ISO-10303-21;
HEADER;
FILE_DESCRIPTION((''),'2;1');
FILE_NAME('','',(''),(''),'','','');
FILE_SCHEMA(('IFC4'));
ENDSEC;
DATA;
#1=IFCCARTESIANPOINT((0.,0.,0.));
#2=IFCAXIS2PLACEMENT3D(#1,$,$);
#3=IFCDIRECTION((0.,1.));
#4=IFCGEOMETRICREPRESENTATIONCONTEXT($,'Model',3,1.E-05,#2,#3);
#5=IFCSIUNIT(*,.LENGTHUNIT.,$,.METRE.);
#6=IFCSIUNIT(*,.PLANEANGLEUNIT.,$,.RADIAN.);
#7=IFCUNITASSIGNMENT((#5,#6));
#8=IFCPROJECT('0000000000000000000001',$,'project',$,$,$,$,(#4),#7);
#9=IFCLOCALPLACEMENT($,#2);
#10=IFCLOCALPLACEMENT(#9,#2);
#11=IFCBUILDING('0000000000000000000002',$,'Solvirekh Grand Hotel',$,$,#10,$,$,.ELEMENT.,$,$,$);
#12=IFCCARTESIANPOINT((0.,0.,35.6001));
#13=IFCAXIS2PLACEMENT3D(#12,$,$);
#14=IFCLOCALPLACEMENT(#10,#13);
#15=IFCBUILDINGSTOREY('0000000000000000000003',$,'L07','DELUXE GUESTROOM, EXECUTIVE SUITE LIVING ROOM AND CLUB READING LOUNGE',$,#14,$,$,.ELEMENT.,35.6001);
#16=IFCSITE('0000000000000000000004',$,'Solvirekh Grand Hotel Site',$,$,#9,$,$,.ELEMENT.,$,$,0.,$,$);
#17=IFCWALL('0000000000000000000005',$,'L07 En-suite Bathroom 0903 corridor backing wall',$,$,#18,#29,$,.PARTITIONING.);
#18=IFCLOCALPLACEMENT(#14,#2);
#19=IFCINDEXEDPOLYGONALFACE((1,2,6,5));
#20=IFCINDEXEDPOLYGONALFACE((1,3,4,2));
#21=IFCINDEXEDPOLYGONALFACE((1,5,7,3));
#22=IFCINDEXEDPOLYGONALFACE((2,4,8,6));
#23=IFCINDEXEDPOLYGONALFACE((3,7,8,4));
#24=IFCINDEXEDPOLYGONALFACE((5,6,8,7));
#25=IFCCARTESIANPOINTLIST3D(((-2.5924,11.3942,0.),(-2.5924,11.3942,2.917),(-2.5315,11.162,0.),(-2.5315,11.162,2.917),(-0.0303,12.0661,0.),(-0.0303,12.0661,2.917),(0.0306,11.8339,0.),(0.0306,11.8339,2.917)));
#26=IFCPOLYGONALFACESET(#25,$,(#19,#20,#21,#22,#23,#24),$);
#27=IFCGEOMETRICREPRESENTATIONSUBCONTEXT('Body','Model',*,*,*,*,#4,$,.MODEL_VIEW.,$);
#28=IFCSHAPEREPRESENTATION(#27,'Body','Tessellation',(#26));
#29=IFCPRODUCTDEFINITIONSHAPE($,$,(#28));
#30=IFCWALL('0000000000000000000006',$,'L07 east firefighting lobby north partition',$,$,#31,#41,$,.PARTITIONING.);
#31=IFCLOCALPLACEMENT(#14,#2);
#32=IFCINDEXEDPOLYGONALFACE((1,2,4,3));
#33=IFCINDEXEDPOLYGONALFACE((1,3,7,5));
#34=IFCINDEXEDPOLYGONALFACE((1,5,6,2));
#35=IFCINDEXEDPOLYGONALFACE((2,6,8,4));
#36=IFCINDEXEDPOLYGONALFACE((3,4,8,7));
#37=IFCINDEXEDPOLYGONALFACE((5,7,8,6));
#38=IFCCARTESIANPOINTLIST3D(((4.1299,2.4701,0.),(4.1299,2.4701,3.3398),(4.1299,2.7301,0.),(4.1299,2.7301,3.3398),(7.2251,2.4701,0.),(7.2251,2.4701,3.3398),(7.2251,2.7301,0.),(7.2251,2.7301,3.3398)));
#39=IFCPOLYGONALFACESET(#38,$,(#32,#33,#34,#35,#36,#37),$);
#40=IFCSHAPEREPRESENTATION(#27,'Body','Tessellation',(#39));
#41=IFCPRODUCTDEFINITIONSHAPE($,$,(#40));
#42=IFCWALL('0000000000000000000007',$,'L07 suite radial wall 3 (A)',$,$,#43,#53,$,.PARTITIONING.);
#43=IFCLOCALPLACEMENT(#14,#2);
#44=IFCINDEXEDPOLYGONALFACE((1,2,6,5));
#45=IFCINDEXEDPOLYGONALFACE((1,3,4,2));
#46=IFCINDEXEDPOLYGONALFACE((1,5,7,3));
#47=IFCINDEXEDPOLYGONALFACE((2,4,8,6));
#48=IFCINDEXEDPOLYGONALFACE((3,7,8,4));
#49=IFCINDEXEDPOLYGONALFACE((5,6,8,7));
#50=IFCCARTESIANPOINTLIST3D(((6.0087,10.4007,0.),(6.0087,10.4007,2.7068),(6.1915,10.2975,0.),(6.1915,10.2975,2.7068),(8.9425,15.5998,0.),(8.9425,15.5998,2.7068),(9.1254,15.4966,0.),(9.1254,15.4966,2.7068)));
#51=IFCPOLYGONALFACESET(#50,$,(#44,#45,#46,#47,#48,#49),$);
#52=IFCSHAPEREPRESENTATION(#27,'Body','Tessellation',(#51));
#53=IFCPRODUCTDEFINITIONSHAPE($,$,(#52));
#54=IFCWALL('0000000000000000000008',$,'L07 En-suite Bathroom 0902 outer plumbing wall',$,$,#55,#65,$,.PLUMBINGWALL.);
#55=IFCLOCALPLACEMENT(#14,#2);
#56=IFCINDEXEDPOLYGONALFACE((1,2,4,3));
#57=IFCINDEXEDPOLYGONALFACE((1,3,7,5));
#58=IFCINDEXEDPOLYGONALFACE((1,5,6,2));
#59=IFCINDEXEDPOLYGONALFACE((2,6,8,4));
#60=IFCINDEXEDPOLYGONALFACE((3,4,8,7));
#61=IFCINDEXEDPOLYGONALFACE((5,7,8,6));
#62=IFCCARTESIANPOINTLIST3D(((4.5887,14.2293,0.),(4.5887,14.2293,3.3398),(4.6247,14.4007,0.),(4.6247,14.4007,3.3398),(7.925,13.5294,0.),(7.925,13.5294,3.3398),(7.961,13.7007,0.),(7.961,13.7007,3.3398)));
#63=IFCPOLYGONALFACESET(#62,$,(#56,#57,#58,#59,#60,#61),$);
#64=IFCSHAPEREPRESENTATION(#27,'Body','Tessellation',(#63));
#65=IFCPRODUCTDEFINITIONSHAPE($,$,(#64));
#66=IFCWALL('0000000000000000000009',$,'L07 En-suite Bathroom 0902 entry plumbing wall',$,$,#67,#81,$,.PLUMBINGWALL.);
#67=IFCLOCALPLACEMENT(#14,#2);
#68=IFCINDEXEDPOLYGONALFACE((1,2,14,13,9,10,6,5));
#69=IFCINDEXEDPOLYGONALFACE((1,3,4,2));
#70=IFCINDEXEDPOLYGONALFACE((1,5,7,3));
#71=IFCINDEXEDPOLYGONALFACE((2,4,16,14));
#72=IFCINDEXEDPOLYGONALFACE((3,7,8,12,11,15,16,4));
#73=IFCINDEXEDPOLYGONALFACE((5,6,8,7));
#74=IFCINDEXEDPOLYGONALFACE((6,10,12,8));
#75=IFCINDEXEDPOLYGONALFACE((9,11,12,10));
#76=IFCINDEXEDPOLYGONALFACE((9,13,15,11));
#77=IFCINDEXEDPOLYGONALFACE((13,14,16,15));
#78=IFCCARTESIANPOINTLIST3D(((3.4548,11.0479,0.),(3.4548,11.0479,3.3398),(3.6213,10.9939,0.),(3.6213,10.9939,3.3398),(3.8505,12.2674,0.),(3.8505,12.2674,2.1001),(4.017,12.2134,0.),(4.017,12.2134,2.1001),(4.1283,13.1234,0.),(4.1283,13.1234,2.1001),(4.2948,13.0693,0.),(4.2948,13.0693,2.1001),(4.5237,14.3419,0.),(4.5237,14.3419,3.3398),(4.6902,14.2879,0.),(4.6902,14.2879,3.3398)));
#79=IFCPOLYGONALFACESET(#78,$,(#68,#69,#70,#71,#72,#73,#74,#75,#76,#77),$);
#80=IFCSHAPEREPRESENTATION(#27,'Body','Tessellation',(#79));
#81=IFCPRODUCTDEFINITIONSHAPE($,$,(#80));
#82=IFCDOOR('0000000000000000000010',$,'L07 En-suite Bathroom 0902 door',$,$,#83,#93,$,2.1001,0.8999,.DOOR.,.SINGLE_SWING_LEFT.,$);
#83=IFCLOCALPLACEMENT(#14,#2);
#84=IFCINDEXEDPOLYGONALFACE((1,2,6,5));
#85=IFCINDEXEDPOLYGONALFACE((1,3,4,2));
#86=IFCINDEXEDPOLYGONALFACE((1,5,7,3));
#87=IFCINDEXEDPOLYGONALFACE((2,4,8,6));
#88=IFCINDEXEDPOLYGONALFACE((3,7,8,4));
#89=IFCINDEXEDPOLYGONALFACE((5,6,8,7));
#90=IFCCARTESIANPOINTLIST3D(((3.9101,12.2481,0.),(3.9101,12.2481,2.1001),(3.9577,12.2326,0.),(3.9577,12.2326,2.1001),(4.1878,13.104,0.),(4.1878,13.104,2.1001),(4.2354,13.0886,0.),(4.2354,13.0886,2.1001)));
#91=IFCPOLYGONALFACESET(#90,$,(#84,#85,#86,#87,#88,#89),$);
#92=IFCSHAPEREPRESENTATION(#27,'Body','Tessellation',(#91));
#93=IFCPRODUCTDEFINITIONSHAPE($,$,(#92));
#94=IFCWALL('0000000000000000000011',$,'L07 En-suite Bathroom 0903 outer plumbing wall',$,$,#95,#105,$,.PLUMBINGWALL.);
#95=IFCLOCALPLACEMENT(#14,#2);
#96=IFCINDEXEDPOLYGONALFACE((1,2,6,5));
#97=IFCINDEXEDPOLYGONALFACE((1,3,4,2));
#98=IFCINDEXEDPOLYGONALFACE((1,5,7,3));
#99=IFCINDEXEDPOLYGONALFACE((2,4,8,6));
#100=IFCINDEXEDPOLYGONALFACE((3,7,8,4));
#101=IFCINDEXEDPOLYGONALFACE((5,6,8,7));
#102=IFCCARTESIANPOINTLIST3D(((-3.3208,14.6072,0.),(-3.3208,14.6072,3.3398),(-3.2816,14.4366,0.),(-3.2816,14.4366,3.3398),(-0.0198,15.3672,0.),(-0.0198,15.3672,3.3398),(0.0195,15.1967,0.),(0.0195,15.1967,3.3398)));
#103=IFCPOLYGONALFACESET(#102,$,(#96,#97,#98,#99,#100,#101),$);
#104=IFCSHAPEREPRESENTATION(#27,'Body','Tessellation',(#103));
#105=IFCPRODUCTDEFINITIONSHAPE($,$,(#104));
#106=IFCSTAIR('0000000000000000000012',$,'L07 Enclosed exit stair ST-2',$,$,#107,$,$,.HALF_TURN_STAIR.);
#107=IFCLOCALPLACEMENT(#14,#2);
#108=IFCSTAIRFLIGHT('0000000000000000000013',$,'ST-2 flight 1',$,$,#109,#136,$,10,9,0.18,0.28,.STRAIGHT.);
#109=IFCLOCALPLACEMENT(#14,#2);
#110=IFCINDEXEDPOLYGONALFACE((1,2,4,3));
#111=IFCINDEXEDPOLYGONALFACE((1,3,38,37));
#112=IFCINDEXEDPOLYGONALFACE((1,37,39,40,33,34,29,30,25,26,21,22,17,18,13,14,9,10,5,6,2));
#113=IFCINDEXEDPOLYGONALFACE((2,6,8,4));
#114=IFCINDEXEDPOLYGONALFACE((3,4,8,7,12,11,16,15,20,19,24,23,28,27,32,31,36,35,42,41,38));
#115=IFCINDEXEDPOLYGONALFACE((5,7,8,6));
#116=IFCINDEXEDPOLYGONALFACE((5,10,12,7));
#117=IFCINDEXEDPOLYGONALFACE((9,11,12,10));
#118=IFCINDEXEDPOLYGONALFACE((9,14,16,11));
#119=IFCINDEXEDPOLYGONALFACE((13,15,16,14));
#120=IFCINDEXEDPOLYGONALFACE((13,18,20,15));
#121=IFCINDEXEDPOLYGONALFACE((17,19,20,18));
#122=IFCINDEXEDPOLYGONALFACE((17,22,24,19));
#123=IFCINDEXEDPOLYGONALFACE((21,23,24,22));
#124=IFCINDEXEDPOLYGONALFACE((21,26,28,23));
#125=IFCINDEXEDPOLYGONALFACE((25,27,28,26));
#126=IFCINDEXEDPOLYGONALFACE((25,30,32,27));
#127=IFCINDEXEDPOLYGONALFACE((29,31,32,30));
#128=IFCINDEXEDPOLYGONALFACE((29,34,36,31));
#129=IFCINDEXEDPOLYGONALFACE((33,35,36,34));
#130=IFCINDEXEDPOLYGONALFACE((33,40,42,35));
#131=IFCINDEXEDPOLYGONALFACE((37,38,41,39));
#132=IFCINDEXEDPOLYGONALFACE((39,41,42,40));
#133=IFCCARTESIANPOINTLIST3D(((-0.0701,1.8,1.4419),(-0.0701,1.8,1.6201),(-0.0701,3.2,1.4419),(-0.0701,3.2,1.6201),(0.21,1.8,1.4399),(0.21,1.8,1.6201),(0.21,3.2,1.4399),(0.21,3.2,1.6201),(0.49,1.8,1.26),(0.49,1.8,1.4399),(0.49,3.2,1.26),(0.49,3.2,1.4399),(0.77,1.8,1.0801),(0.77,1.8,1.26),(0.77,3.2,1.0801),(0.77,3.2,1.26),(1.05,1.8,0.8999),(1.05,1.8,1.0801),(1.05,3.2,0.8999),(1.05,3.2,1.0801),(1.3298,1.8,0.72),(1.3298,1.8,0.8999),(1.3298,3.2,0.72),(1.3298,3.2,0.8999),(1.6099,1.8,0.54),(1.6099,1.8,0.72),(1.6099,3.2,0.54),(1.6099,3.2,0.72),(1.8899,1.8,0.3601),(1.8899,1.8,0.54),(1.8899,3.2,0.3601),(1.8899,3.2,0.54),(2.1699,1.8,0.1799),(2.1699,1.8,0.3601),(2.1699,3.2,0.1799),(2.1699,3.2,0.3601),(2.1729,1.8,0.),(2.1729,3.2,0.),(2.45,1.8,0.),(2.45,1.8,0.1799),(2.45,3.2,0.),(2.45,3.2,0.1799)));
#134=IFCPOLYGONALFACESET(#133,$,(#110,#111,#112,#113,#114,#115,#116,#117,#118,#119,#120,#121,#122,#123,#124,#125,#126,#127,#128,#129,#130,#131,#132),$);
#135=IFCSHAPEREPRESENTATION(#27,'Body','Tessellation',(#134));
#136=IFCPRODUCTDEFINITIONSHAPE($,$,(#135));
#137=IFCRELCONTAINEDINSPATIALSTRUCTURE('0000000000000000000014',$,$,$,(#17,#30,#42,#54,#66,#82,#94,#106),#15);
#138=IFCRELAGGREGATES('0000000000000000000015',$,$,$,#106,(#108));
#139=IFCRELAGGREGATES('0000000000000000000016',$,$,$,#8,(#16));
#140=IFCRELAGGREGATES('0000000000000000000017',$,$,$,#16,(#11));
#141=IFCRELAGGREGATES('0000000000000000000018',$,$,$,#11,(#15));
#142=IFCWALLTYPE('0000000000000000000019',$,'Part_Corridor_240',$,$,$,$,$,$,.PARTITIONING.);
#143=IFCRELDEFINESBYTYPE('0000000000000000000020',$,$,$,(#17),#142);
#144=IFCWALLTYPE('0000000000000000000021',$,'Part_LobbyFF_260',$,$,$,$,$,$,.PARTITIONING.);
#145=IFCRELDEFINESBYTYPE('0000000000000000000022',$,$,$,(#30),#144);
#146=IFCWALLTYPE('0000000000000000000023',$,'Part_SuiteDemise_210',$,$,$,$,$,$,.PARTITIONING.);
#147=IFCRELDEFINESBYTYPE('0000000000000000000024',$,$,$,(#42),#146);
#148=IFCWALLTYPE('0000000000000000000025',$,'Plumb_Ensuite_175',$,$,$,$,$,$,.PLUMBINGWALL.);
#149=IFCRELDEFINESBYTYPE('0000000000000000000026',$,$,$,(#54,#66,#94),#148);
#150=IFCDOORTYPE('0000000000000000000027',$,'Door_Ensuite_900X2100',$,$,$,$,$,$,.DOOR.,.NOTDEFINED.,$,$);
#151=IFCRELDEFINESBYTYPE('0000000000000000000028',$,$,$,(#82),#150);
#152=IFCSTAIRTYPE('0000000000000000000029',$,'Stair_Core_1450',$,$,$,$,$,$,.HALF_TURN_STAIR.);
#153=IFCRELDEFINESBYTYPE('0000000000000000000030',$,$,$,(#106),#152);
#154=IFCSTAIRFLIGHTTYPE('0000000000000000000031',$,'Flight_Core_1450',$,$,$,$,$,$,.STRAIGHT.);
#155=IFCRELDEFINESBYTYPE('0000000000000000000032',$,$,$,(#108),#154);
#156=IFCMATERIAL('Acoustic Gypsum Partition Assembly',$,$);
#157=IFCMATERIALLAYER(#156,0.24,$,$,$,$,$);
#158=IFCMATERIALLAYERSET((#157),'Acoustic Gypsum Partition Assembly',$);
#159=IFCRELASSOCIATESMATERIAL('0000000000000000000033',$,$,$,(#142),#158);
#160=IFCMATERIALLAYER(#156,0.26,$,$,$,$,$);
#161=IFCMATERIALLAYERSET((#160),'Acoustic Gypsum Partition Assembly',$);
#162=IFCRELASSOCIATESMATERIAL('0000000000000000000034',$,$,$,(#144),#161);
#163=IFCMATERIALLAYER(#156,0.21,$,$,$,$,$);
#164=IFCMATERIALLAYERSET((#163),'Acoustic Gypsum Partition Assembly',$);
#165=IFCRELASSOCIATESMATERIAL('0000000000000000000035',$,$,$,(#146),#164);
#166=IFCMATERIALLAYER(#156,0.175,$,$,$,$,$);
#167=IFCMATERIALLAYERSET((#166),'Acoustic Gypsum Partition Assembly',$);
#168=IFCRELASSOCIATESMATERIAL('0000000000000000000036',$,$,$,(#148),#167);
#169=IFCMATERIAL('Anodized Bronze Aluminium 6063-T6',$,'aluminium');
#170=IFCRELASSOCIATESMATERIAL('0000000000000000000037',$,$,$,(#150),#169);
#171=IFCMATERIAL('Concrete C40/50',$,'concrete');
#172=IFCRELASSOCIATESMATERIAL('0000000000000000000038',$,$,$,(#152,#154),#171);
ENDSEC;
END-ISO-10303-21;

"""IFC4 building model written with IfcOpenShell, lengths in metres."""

from ifc_helpers import new_model, si_unit, direction, frame, frame_2d, origin, place, context, subcontext, project, spatial, polyline, rectangle, outline, extrude, material, layer, layer_set, type_object, element, fill, aggregate, save


model = new_model("IFC4")

# Units and contexts
model_context = context("Model", 3, precision=1e-05, world=origin(), true_north=direction((0.0, 1.0)))
body_context = subcontext(model_context, "Body", "Model", "MODEL_VIEW")
ifc_project = project(units=[si_unit("LENGTHUNIT", "METRE"), si_unit("PLANEANGLEUNIT", "RADIAN")], contexts=[model_context])

# Site, building, storey
site_placement = place(None, origin())
site = spatial("IfcSite", under=ifc_project, at=site_placement, Name="Solvirekh Grand Hotel Site", CompositionType="ELEMENT", RefElevation=0.0)
building_placement = place(site_placement, origin())
building = spatial("IfcBuilding", under=site, at=building_placement, Name="Solvirekh Grand Hotel", CompositionType="ELEMENT")
storey_placement = place(building_placement, frame((0.0, 0.0, 35.6001)))
storey = spatial("IfcBuildingStorey", under=building, at=storey_placement, Name="L07", Description="DELUXE GUESTROOM, EXECUTIVE SUITE LIVING ROOM AND CLUB READING LOUNGE", CompositionType="ELEMENT", Elevation=35.6001)

# Shared definitions
ifc_material_1 = material(Name="Anodized Bronze Aluminium 6063-T6", Category="aluminium")

# Shared definitions
ifc_material_2 = material(Name="Concrete C40/50", Category="concrete")

# Shared definitions
ifc_material_3 = material(Name="Acoustic Gypsum Partition Assembly")

# Shared definitions
ifc_layer_1 = layer(ifc_material_3, 0.24)
ifc_layer_set_1 = layer_set([ifc_layer_1], Name="Acoustic Gypsum Partition Assembly")
wall_type_1 = type_object("IfcWallType", Name="Part_Corridor_240", PredefinedType="PARTITIONING", material=ifc_layer_set_1)

# Walls
wall_1_placement = place(storey_placement, frame((0.0, 11.95, 0.0), z_axis=(0.0, 0.0, 1.0), x_axis=(-0.967291, -0.253667, 0.0)))
element("IfcWall", 1, at=wall_1_placement, inside=storey, type_object=wall_type_1, Name="L07 En-suite Bathroom 0903 corridor backing wall", PredefinedType="PARTITIONING", context=body_context, shape_type="SweptSolid", body=[
    extrude(rectangle(XDim=2.6487, YDim=0.24, at=frame_2d((1.3242, 0.0))), origin(), (0.0, 0.0, 1.0), 2.917),
])
ifc_layer_2 = layer(ifc_material_3, 0.26)
ifc_layer_set_2 = layer_set([ifc_layer_2], Name="Acoustic Gypsum Partition Assembly")
wall_type_2 = type_object("IfcWallType", Name="Part_LobbyFF_260", PredefinedType="PARTITIONING", material=ifc_layer_set_2)
wall_2_placement = place(storey_placement, frame((4.1299, 2.6001, 0.0), z_axis=(0.0, 0.0, 1.0), x_axis=(1.0, 0.0, 0.0)))
element("IfcWall", 2, at=wall_2_placement, inside=storey, type_object=wall_type_2, Name="L07 east firefighting lobby north partition", PredefinedType="PARTITIONING", context=body_context, shape_type="SweptSolid", body=[
    extrude(rectangle(XDim=3.0952, YDim=0.26, at=frame_2d((1.5476, 0.0))), origin(), (0.0, 0.0, 1.0), 3.3398),
])
ifc_layer_3 = layer(ifc_material_3, 0.21)
ifc_layer_set_3 = layer_set([ifc_layer_3], Name="Acoustic Gypsum Partition Assembly")
wall_type_3 = type_object("IfcWallType", Name="Part_SuiteDemise_210", PredefinedType="PARTITIONING", material=ifc_layer_set_3)
wall_3_placement = place(storey_placement, frame((6.1001, 10.3491, 0.0), z_axis=(0.0, 0.0, 1.0), x_axis=(0.491459, 0.870901, 0.0)))
element("IfcWall", 3, at=wall_3_placement, inside=storey, type_object=wall_type_3, Name="L07 suite radial wall 3 (A)", PredefinedType="PARTITIONING", context=body_context, shape_type="SweptSolid", body=[
    extrude(rectangle(XDim=5.9697, YDim=0.21, at=frame_2d((2.9849, 0.0))), origin(), (0.0, 0.0, 1.0), 2.7068),
])
ifc_layer_4 = layer(ifc_material_3, 0.175)
ifc_layer_set_4 = layer_set([ifc_layer_4], Name="Acoustic Gypsum Partition Assembly")
wall_type_4 = type_object("IfcWallType", Name="Plumb_Ensuite_175", PredefinedType="PLUMBINGWALL", material=ifc_layer_set_4)
wall_4_placement = place(storey_placement, frame((7.9431, 13.615, 0.0), z_axis=(0.0, 0.0, 1.0), x_axis=(-0.978692, 0.205335, 0.0)))
element("IfcWall", 4, at=wall_4_placement, inside=storey, type_object=wall_type_4, Name="L07 En-suite Bathroom 0902 outer plumbing wall", PredefinedType="PLUMBINGWALL", context=body_context, shape_type="SweptSolid", body=[
    extrude(rectangle(XDim=3.4089, YDim=0.175, at=frame_2d((1.7046, 0.0))), origin(), (0.0, 0.0, 1.0), 3.3398),
])

# Wall, opening, door
wall_5_placement = place(storey_placement, frame((3.5381, 11.021, 0.0), z_axis=(0.0, 0.0, 1.0), x_axis=(0.308646, 0.951177, 0.0)))
wall_5 = element("IfcWall", 5, at=wall_5_placement, inside=storey, type_object=wall_type_4, Name="L07 En-suite Bathroom 0902 entry plumbing wall", PredefinedType="PLUMBINGWALL", context=body_context, shape_type="SweptSolid", body=[
    extrude(rectangle(XDim=3.4631, YDim=0.175, at=frame_2d((1.7314, 0.0))), origin(), (0.0, 0.0, 1.0), 3.3398),
])
opening_1_placement = place(wall_5_placement, frame((1.282, 0.0, 0.0)))
opening_1 = element("IfcOpeningElement", 6, at=opening_1_placement, cuts=wall_5, PredefinedType="OPENING", context=body_context, shape_type="SweptSolid", body=[
    extrude(rectangle(XDim=0.8999, YDim=2.1001, at=frame_2d((0.45, 1.05))), frame((0.0, 0.0977, 0.0), z_axis=(0.0, -1.0, 0.0), x_axis=(1.0, 0.0, 0.0)), (0.0, 0.0, 1.0), 0.1951),
])
door_type_1 = type_object("IfcDoorType", Name="Door_Ensuite_900X2100", OperationType="NOTDEFINED", PredefinedType="DOOR", material=ifc_material_1)
door_1_placement = place(opening_1_placement, origin())
door_1 = element("IfcDoor", 7, at=door_1_placement, inside=storey, type_object=door_type_1, Name="L07 En-suite Bathroom 0902 door", OperationType="SINGLE_SWING_LEFT", OverallHeight=2.1001, OverallWidth=0.8999, PredefinedType="DOOR", context=body_context, shape_type="SweptSolid", body=[
    extrude(rectangle(XDim=0.8999, YDim=2.1001, at=frame_2d((0.45, 1.05))), frame((0.0, 0.0249, 0.0), z_axis=(0.0, -1.0, 0.0), x_axis=(1.0, 0.0, 0.0)), (0.0, 0.0, 1.0), 0.05),
])
fill(opening_1, door_1)

# Wall
wall_6_placement = place(storey_placement, frame((0.0, 15.282, 0.0), z_axis=(0.0, 0.0, 1.0), x_axis=(-0.974505, -0.224365, 0.0)))
element("IfcWall", 8, at=wall_6_placement, inside=storey, type_object=wall_type_4, Name="L07 En-suite Bathroom 0903 outer plumbing wall", PredefinedType="PLUMBINGWALL", context=body_context, shape_type="SweptSolid", body=[
    extrude(rectangle(XDim=3.3875, YDim=0.175, at=frame_2d((1.6938, 0.0))), origin(), (0.0, 0.0, 1.0), 3.3398),
])

# Stair, stair flight
stair_type = type_object("IfcStairType", Name="Stair_Core_1450", PredefinedType="HALF_TURN_STAIR", material=ifc_material_2)
stair_placement = place(storey_placement, origin())
stair = element("IfcStair", 9, at=stair_placement, inside=storey, type_object=stair_type, Name="L07 Enclosed exit stair ST-2", PredefinedType="HALF_TURN_STAIR")
stair_flight_type = type_object("IfcStairFlightType", Name="Flight_Core_1450", PredefinedType="STRAIGHT", material=ifc_material_2)
stair_flight_placement = place(storey_placement, frame((2.45, 2.5, 0.0), z_axis=(0.0, 0.0, 1.0), x_axis=(-1.0, 0.0, 0.0)))
stair_flight = element("IfcStairFlight", 10, at=stair_flight_placement, type_object=stair_flight_type, Name="ST-2 flight 1", NumberOfRisers=10, NumberOfTreads=9, PredefinedType="STRAIGHT", RiserHeight=0.18, TreadLength=0.28, context=body_context, shape_type="SweptSolid", body=[
    extrude(outline(polyline([(0.0, 0.0), (0.0, 0.1799), (0.28, 0.1799), (0.28, 0.3601), (0.5601, 0.3601), (0.5601, 0.54), (0.8401, 0.54), (0.8401, 0.72), (1.1201, 0.72), (1.1201, 0.8999), (1.3999, 0.8999), (1.3999, 1.0801), (1.6799, 1.0801), (1.6799, 1.26), (1.96, 1.26), (1.96, 1.4399), (2.24, 1.4399), (2.24, 1.6201), (2.52, 1.6201), (2.52, 1.8), (2.52, 1.4419), (0.2771, 0.0), (0.0, 0.0)])), frame((0.0, 0.7, 0.0), z_axis=(0.0, -1.0, 0.0), x_axis=(1.0, 0.0, 0.0)), (0.0, 0.0, 1.0), 1.3999),
])
aggregate(stair, [stair_flight])

save(model, "model.ifc")
